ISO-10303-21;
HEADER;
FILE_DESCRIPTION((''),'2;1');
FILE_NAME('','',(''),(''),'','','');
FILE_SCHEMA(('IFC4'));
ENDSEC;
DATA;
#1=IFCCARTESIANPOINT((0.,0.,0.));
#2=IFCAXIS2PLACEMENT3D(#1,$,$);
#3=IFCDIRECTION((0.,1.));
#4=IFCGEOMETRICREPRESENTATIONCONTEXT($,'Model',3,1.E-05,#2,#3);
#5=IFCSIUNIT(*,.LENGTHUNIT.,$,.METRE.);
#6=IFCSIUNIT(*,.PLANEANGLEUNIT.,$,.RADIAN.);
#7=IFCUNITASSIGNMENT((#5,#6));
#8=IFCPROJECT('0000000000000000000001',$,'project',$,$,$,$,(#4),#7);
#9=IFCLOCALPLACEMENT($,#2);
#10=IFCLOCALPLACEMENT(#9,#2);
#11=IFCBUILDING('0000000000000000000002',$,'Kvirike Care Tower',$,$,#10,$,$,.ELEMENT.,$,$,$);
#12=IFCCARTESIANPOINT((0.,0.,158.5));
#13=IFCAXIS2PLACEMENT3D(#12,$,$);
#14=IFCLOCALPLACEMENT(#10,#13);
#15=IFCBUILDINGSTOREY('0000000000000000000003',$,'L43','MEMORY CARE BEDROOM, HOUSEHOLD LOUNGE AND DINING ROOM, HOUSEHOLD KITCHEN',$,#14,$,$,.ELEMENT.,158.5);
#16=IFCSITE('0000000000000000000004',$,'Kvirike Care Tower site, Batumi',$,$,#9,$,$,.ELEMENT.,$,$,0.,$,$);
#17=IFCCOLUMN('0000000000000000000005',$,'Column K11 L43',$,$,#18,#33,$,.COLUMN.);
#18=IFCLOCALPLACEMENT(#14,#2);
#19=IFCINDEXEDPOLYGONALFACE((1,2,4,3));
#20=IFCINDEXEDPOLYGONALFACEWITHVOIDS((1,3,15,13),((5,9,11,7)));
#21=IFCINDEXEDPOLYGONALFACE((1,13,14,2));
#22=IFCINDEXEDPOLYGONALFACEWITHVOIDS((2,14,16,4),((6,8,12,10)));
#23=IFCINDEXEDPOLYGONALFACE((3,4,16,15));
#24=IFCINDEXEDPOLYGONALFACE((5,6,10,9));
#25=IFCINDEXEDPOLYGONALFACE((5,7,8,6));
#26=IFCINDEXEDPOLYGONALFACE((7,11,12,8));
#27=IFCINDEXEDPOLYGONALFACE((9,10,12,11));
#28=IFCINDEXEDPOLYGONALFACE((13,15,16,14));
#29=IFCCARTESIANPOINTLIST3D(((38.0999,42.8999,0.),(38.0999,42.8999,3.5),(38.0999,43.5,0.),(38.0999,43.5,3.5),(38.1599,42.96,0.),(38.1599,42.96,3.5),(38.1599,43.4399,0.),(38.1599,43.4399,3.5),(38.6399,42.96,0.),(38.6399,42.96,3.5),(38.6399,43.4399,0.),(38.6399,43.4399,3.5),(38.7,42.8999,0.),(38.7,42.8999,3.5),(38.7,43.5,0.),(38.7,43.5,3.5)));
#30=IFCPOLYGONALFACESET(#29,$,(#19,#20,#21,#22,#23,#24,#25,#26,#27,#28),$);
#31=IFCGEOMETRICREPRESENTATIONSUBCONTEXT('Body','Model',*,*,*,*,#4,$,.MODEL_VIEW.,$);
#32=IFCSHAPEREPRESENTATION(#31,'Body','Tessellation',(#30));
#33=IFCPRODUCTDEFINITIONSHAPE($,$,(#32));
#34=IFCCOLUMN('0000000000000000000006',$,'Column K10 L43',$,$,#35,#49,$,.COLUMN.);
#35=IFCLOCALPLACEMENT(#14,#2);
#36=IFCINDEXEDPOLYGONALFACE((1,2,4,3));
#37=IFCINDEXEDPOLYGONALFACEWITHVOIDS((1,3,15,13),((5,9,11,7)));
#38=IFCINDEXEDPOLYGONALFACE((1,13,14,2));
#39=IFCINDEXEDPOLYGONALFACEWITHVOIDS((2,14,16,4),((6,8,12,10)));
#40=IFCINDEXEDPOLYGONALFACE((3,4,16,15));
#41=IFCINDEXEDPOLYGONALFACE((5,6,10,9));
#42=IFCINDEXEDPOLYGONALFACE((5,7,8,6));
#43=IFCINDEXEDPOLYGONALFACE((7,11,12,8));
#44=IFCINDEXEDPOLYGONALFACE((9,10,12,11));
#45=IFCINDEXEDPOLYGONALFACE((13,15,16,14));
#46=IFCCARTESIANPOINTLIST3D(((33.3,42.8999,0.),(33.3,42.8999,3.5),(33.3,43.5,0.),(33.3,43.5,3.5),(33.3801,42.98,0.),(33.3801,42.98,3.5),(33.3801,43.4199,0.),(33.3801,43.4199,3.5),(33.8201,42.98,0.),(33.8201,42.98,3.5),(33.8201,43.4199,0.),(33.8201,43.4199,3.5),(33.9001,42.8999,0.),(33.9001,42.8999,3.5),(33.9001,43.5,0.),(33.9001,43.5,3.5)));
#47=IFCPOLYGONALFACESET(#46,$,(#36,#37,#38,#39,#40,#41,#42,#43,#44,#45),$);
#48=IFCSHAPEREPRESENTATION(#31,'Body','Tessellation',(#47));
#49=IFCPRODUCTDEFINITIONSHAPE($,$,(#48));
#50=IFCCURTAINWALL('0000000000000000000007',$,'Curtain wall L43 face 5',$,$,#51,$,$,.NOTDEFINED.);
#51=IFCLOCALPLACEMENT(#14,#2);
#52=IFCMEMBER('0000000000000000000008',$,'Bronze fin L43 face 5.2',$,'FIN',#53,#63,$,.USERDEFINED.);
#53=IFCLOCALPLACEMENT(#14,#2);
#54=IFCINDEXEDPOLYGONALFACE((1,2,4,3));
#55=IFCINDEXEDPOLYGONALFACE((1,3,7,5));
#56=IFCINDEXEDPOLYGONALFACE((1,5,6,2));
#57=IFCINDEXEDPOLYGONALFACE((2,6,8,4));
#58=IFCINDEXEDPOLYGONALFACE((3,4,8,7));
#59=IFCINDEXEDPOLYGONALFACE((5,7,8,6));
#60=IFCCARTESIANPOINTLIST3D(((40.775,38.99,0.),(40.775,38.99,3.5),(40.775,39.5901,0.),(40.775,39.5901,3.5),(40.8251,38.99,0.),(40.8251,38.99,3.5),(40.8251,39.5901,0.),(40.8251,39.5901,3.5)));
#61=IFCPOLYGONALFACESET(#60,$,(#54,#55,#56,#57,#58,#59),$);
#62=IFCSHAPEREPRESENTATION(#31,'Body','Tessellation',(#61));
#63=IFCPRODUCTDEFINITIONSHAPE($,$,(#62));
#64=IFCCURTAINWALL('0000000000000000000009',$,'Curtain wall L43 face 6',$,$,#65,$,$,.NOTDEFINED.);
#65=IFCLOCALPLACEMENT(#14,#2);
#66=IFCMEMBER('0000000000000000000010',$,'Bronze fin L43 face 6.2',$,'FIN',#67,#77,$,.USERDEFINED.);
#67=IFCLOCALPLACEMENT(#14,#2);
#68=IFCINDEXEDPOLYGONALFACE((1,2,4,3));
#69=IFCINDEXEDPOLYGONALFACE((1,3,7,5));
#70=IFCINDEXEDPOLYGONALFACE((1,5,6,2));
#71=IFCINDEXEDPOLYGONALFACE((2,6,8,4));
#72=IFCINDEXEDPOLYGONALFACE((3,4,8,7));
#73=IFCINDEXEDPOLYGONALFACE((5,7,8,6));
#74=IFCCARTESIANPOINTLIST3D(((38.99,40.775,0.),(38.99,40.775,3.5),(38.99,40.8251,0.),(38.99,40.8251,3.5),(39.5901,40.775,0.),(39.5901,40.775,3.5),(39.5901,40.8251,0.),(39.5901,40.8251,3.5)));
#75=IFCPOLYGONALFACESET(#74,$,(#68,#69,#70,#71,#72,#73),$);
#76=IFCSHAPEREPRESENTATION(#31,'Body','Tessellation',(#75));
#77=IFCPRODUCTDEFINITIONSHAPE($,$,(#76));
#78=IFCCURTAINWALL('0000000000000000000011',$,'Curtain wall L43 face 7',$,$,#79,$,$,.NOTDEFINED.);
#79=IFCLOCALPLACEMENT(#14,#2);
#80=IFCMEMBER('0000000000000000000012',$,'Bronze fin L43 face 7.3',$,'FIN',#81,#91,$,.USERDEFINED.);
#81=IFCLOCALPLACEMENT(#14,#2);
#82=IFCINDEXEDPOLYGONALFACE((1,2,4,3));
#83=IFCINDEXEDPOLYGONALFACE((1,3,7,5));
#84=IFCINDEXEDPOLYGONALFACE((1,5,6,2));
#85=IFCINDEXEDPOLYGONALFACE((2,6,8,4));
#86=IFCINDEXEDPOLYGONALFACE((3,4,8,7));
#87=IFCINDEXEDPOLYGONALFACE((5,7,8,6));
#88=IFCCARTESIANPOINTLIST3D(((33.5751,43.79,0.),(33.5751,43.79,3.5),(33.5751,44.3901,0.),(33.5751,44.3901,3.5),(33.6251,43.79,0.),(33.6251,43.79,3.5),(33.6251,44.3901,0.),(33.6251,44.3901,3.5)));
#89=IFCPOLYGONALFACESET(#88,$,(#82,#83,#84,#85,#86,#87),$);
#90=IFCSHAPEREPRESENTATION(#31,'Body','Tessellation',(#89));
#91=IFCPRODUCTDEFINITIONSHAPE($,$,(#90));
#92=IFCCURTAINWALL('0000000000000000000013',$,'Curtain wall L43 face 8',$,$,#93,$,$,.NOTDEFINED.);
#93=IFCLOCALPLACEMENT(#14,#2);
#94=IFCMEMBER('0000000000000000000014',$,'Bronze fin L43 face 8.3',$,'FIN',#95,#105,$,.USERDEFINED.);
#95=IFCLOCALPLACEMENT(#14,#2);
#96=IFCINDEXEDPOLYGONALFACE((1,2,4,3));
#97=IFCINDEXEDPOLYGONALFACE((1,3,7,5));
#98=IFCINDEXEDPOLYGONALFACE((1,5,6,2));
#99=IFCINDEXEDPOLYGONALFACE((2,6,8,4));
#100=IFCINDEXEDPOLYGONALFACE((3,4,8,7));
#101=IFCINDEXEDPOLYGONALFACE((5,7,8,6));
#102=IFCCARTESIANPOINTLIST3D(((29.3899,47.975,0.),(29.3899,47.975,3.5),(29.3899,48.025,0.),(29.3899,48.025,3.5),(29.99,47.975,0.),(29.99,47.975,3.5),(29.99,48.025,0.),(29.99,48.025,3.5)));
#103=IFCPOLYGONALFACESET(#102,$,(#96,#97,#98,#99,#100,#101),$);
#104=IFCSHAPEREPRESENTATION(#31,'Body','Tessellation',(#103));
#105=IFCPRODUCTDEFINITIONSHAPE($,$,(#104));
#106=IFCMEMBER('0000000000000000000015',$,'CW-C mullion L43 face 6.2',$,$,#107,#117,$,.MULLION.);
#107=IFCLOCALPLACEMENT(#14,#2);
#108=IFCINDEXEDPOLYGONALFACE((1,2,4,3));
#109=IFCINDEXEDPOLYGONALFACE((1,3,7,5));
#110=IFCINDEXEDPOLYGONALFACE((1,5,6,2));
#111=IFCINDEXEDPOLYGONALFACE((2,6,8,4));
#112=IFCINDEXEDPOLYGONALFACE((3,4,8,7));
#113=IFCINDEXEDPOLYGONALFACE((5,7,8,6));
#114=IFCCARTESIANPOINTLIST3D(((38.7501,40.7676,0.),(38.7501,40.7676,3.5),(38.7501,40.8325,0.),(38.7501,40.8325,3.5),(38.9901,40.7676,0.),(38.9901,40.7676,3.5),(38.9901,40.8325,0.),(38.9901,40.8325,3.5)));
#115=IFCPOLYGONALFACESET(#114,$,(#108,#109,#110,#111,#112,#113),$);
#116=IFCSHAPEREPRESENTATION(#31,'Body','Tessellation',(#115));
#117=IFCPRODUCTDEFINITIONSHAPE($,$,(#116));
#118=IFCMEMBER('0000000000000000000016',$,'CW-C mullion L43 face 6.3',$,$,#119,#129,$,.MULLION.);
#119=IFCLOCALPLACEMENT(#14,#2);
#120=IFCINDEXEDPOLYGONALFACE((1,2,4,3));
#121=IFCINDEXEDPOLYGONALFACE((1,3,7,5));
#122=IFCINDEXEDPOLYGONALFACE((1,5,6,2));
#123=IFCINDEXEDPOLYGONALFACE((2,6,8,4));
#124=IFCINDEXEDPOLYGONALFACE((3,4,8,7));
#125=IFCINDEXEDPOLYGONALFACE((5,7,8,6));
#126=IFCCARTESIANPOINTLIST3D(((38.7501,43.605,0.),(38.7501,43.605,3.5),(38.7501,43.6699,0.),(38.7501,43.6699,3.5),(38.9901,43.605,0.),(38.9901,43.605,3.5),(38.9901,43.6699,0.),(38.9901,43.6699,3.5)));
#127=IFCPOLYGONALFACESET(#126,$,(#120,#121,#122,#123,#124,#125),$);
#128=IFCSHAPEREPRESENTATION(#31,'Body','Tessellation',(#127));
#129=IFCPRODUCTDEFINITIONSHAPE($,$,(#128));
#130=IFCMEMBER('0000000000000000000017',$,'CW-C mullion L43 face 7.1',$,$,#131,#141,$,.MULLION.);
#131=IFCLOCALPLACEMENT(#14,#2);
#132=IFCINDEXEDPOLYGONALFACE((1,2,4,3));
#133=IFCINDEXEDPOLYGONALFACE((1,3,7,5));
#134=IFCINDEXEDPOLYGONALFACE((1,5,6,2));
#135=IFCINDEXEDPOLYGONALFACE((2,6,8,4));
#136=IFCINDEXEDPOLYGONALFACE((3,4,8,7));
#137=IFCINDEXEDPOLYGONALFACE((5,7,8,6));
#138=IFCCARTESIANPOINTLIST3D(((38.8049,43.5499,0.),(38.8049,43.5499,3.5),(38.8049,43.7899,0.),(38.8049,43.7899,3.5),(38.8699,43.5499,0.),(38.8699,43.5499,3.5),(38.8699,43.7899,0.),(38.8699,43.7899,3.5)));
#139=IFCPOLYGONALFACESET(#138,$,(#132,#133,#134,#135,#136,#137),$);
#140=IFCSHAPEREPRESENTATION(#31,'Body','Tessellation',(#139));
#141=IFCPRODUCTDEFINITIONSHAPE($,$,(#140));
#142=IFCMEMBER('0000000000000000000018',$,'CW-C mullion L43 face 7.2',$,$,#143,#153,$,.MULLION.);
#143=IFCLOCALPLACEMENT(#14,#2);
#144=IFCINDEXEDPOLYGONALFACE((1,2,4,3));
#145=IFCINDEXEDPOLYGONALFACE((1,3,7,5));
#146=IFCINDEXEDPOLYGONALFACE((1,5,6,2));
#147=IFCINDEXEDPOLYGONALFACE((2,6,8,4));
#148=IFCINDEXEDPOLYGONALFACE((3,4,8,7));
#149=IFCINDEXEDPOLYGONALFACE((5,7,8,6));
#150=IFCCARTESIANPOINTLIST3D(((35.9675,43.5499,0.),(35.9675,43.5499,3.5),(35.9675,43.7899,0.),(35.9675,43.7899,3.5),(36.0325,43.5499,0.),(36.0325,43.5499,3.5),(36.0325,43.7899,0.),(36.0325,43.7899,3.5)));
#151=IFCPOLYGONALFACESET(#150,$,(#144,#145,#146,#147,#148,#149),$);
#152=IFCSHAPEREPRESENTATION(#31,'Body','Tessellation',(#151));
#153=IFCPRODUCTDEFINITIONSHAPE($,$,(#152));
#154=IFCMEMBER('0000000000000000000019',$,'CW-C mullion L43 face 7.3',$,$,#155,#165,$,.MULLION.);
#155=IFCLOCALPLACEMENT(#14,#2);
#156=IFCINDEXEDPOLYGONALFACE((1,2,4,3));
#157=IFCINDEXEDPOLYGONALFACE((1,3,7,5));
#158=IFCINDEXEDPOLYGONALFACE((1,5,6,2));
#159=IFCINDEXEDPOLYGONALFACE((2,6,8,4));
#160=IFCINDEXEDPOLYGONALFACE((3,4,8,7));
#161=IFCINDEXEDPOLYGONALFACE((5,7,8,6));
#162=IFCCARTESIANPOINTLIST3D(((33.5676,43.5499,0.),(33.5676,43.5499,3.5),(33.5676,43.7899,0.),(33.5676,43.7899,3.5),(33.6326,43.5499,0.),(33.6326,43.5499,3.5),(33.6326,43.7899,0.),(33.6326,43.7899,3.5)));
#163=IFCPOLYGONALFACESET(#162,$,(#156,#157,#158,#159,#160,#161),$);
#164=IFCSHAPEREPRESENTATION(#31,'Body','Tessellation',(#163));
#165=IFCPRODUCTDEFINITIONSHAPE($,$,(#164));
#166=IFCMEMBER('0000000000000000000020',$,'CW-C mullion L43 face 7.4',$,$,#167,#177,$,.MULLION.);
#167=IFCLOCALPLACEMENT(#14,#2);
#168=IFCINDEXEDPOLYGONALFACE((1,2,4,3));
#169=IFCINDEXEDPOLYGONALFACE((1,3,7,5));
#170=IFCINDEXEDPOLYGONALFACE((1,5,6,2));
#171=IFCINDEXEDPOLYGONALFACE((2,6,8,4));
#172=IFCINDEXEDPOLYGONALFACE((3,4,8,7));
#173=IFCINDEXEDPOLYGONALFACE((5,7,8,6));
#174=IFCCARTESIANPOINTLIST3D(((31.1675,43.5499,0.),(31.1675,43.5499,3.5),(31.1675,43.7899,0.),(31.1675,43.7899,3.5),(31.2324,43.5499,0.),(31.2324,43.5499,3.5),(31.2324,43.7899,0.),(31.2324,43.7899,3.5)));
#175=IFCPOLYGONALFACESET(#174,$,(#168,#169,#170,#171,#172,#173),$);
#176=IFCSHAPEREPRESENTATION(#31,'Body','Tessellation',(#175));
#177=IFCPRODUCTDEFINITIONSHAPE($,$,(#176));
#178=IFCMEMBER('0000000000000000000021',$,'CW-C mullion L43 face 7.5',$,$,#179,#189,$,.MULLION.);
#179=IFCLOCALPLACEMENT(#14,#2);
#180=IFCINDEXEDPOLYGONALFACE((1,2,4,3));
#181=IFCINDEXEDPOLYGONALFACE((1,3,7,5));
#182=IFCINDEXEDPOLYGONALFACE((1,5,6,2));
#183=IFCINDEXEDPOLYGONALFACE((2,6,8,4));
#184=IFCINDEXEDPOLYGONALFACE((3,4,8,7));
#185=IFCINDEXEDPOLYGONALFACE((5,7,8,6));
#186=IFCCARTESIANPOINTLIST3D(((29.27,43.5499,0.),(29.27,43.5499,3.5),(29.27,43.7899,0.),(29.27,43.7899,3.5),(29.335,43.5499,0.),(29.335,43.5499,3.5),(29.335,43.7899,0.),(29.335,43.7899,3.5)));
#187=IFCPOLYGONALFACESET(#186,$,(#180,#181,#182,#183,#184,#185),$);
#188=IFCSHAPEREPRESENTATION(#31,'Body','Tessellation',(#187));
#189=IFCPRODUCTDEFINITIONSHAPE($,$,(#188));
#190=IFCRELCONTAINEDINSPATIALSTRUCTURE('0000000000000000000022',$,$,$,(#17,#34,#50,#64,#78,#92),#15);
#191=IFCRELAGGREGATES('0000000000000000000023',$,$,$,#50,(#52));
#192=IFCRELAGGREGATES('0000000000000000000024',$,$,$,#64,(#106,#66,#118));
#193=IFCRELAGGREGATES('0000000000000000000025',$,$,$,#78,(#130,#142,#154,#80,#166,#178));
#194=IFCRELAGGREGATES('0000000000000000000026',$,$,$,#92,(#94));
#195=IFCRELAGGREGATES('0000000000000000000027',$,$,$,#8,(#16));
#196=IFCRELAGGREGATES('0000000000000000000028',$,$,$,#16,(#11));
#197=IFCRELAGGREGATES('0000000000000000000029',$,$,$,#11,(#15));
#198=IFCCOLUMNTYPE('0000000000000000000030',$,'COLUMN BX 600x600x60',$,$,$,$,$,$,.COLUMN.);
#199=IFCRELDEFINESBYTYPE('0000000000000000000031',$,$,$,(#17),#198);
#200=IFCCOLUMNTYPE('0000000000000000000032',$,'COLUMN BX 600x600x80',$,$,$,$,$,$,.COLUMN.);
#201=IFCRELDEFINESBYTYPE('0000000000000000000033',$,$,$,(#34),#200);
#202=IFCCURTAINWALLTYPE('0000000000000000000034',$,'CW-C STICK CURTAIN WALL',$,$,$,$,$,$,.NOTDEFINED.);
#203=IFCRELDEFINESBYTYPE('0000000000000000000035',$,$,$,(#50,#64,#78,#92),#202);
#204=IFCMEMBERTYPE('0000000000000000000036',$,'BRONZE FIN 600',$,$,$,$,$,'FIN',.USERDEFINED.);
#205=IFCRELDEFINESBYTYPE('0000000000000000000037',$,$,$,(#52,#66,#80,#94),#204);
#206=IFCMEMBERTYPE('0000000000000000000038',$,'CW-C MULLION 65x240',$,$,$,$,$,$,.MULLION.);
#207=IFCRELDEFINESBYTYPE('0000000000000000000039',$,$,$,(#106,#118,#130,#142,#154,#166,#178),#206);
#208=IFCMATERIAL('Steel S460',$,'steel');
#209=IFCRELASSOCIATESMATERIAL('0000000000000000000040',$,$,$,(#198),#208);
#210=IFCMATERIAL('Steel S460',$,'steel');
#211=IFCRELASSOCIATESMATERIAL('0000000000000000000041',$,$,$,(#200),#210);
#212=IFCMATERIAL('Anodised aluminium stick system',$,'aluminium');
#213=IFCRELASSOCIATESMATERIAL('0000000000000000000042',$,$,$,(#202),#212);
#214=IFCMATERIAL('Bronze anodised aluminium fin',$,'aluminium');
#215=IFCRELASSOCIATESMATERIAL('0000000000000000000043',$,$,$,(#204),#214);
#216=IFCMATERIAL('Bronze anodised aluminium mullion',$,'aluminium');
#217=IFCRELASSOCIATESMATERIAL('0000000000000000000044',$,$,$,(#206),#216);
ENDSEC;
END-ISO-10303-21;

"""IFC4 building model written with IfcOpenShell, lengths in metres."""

from ifc_helpers import new_model, si_unit, direction, frame, origin, origin_2d, place, context, subcontext, project, spatial, rectangle, hollow_rectangle, extrude, material, material_profile, profile_set, type_object, element, aggregate, save


model = new_model("IFC4")

# Units and contexts
model_context = context("Model", 3, precision=1e-05, world=origin(), true_north=direction((0.0, 1.0)))
body_context = subcontext(model_context, "Body", "Model", "MODEL_VIEW")
ifc_project = project(units=[si_unit("LENGTHUNIT", "METRE"), si_unit("PLANEANGLEUNIT", "RADIAN")], contexts=[model_context])

# Site, building, storey
site_placement = place(None, origin())
site = spatial("IfcSite", under=ifc_project, at=site_placement, Name="Kvirike Care Tower site, Batumi", CompositionType="ELEMENT", RefElevation=0.0)
building_placement = place(site_placement, origin())
building = spatial("IfcBuilding", under=site, at=building_placement, Name="Kvirike Care Tower", CompositionType="ELEMENT")
storey_placement = place(building_placement, frame((0.0, 0.0, 158.5)))
storey = spatial("IfcBuildingStorey", under=building, at=storey_placement, Name="L43", Description="MEMORY CARE BEDROOM, HOUSEHOLD LOUNGE AND DINING ROOM, HOUSEHOLD KITCHEN", CompositionType="ELEMENT", Elevation=158.5)

# Columns
ifc_material_1 = material(Name="Steel S460", Category="steel")
ifc_material_profile_1 = material_profile(ifc_material_1, hollow_rectangle(XDim=0.6001, YDim=0.6001, WallThickness=0.0601, at=origin_2d()), Name="BX 600x600x60")
ifc_profile_set_1 = profile_set([ifc_material_profile_1], Name="Steel S460")
column_type_1 = type_object("IfcColumnType", Name="COLUMN BX 600x600x60", PredefinedType="COLUMN", material=ifc_profile_set_1)
column_1_placement = place(storey_placement, frame((38.3999, 43.2, 0.0), z_axis=(0.0, 0.0, 1.0), x_axis=(0.0, 1.0, 0.0)))
element("IfcColumn", 1, at=column_1_placement, inside=storey, type_object=column_type_1, Name="Column K11 L43", PredefinedType="COLUMN", context=body_context, shape_type="SweptSolid", body=[
    extrude(hollow_rectangle(XDim=0.6001, YDim=0.6001, WallThickness=0.0601, at=origin_2d()), origin(), (0.0, 0.0, 1.0), 3.5),
])
ifc_material_2 = material(Name="Steel S460", Category="steel")
ifc_material_profile_2 = material_profile(ifc_material_2, hollow_rectangle(XDim=0.6001, YDim=0.6001, WallThickness=0.0801, at=origin_2d()), Name="BX 600x600x80")
ifc_profile_set_2 = profile_set([ifc_material_profile_2], Name="Steel S460")
column_type_2 = type_object("IfcColumnType", Name="COLUMN BX 600x600x80", PredefinedType="COLUMN", material=ifc_profile_set_2)
column_2_placement = place(storey_placement, frame((33.6001, 43.2, 0.0), z_axis=(0.0, 0.0, 1.0), x_axis=(0.0, 1.0, 0.0)))
element("IfcColumn", 2, at=column_2_placement, inside=storey, type_object=column_type_2, Name="Column K10 L43", PredefinedType="COLUMN", context=body_context, shape_type="SweptSolid", body=[
    extrude(hollow_rectangle(XDim=0.6001, YDim=0.6001, WallThickness=0.0801, at=origin_2d()), origin(), (0.0, 0.0, 1.0), 3.5),
])

# Curtain walls, members
ifc_material_3 = material(Name="Anodised aluminium stick system", Category="aluminium")
curtain_wall_type = type_object("IfcCurtainWallType", Name="CW-C STICK CURTAIN WALL", PredefinedType="NOTDEFINED", material=ifc_material_3)
curtain_wall_1_placement = place(storey_placement, origin())
curtain_wall_1 = element("IfcCurtainWall", 3, at=curtain_wall_1_placement, inside=storey, type_object=curtain_wall_type, Name="Curtain wall L43 face 5", PredefinedType="NOTDEFINED")
ifc_material_4 = material(Name="Bronze anodised aluminium fin", Category="aluminium")
ifc_material_profile_3 = material_profile(ifc_material_4, rectangle(XDim=0.05, YDim=0.6001, at=origin_2d()), Name="BRONZE FIN 600")
ifc_profile_set_3 = profile_set([ifc_material_profile_3], Name="Bronze anodised aluminium fin")
member_type_1 = type_object("IfcMemberType", Name="BRONZE FIN 600", ElementType="FIN", PredefinedType="USERDEFINED", material=ifc_profile_set_3)
member_1_placement = place(storey_placement, frame((40.8, 39.29, 0.0), z_axis=(0.0, 0.0, 1.0), x_axis=(-1.0, 0.0, 0.0)))
member_1 = element("IfcMember", 4, at=member_1_placement, type_object=member_type_1, Name="Bronze fin L43 face 5.2", ObjectType="FIN", PredefinedType="USERDEFINED", context=body_context, shape_type="SweptSolid", body=[
    extrude(rectangle(XDim=0.05, YDim=0.6001, at=origin_2d()), origin(), (0.0, 0.0, 1.0), 3.5),
])
aggregate(curtain_wall_1, [member_1])
curtain_wall_2_placement = place(storey_placement, origin())
curtain_wall_2 = element("IfcCurtainWall", 5, at=curtain_wall_2_placement, inside=storey, type_object=curtain_wall_type, Name="Curtain wall L43 face 6", PredefinedType="NOTDEFINED")
member_2_placement = place(storey_placement, frame((39.29, 40.8, 0.0), z_axis=(0.0, 0.0, 1.0), x_axis=(0.0, 1.0, 0.0)))
member_2 = element("IfcMember", 6, at=member_2_placement, type_object=member_type_1, Name="Bronze fin L43 face 6.2", ObjectType="FIN", PredefinedType="USERDEFINED", context=body_context, shape_type="SweptSolid", body=[
    extrude(rectangle(XDim=0.05, YDim=0.6001, at=origin_2d()), origin(), (0.0, 0.0, 1.0), 3.5),
])
curtain_wall_3_placement = place(storey_placement, origin())
curtain_wall_3 = element("IfcCurtainWall", 7, at=curtain_wall_3_placement, inside=storey, type_object=curtain_wall_type, Name="Curtain wall L43 face 7", PredefinedType="NOTDEFINED")
member_3_placement = place(storey_placement, frame((33.6001, 44.0901, 0.0), z_axis=(0.0, 0.0, 1.0), x_axis=(-1.0, 0.0, 0.0)))
member_3 = element("IfcMember", 8, at=member_3_placement, type_object=member_type_1, Name="Bronze fin L43 face 7.3", ObjectType="FIN", PredefinedType="USERDEFINED", context=body_context, shape_type="SweptSolid", body=[
    extrude(rectangle(XDim=0.05, YDim=0.6001, at=origin_2d()), origin(), (0.0, 0.0, 1.0), 3.5),
])
curtain_wall_4_placement = place(storey_placement, origin())
curtain_wall_4 = element("IfcCurtainWall", 9, at=curtain_wall_4_placement, inside=storey, type_object=curtain_wall_type, Name="Curtain wall L43 face 8", PredefinedType="NOTDEFINED")
member_4_placement = place(storey_placement, frame((29.6899, 48.0, 0.0), z_axis=(0.0, 0.0, 1.0), x_axis=(0.0, 1.0, 0.0)))
member_4 = element("IfcMember", 10, at=member_4_placement, type_object=member_type_1, Name="Bronze fin L43 face 8.3", ObjectType="FIN", PredefinedType="USERDEFINED", context=body_context, shape_type="SweptSolid", body=[
    extrude(rectangle(XDim=0.05, YDim=0.6001, at=origin_2d()), origin(), (0.0, 0.0, 1.0), 3.5),
])

# Members
ifc_material_5 = material(Name="Bronze anodised aluminium mullion", Category="aluminium")
ifc_material_profile_4 = material_profile(ifc_material_5, rectangle(XDim=0.0649, YDim=0.24, at=origin_2d()), Name="CW-C MULLION 65x240")
ifc_profile_set_4 = profile_set([ifc_material_profile_4], Name="Bronze anodised aluminium mullion")
member_type_2 = type_object("IfcMemberType", Name="CW-C MULLION 65x240", PredefinedType="MULLION", material=ifc_profile_set_4)
member_5_placement = place(storey_placement, frame((38.8701, 40.8, 0.0), z_axis=(0.0, 0.0, 1.0), x_axis=(0.0, 1.0, 0.0)))
member_5 = element("IfcMember", 11, at=member_5_placement, type_object=member_type_2, Name="CW-C mullion L43 face 6.2", PredefinedType="MULLION", context=body_context, shape_type="SweptSolid", body=[
    extrude(rectangle(XDim=0.0649, YDim=0.24, at=origin_2d()), origin(), (0.0, 0.0, 1.0), 3.5),
])
member_6_placement = place(storey_placement, frame((38.8701, 43.6375, 0.0), z_axis=(0.0, 0.0, 1.0), x_axis=(0.0, 1.0, 0.0)))
member_6 = element("IfcMember", 12, at=member_6_placement, type_object=member_type_2, Name="CW-C mullion L43 face 6.3", PredefinedType="MULLION", context=body_context, shape_type="SweptSolid", body=[
    extrude(rectangle(XDim=0.0649, YDim=0.24, at=origin_2d()), origin(), (0.0, 0.0, 1.0), 3.5),
])
member_7_placement = place(storey_placement, frame((38.8374, 43.6699, 0.0), z_axis=(0.0, 0.0, 1.0), x_axis=(-1.0, 0.0, 0.0)))
member_7 = element("IfcMember", 13, at=member_7_placement, type_object=member_type_2, Name="CW-C mullion L43 face 7.1", PredefinedType="MULLION", context=body_context, shape_type="SweptSolid", body=[
    extrude(rectangle(XDim=0.0649, YDim=0.24, at=origin_2d()), origin(), (0.0, 0.0, 1.0), 3.5),
])
member_8_placement = place(storey_placement, frame((36.0, 43.6699, 0.0), z_axis=(0.0, 0.0, 1.0), x_axis=(-1.0, 0.0, 0.0)))
member_8 = element("IfcMember", 14, at=member_8_placement, type_object=member_type_2, Name="CW-C mullion L43 face 7.2", PredefinedType="MULLION", context=body_context, shape_type="SweptSolid", body=[
    extrude(rectangle(XDim=0.0649, YDim=0.24, at=origin_2d()), origin(), (0.0, 0.0, 1.0), 3.5),
])
member_9_placement = place(storey_placement, frame((33.6001, 43.6699, 0.0), z_axis=(0.0, 0.0, 1.0), x_axis=(-1.0, 0.0, 0.0)))
member_9 = element("IfcMember", 15, at=member_9_placement, type_object=member_type_2, Name="CW-C mullion L43 face 7.3", PredefinedType="MULLION", context=body_context, shape_type="SweptSolid", body=[
    extrude(rectangle(XDim=0.0649, YDim=0.24, at=origin_2d()), origin(), (0.0, 0.0, 1.0), 3.5),
])
member_10_placement = place(storey_placement, frame((31.2, 43.6699, 0.0), z_axis=(0.0, 0.0, 1.0), x_axis=(-1.0, 0.0, 0.0)))
member_10 = element("IfcMember", 16, at=member_10_placement, type_object=member_type_2, Name="CW-C mullion L43 face 7.4", PredefinedType="MULLION", context=body_context, shape_type="SweptSolid", body=[
    extrude(rectangle(XDim=0.0649, YDim=0.24, at=origin_2d()), origin(), (0.0, 0.0, 1.0), 3.5),
])
member_11_placement = place(storey_placement, frame((29.3025, 43.6699, 0.0), z_axis=(0.0, 0.0, 1.0), x_axis=(-1.0, 0.0, 0.0)))
member_11 = element("IfcMember", 17, at=member_11_placement, type_object=member_type_2, Name="CW-C mullion L43 face 7.5", PredefinedType="MULLION", context=body_context, shape_type="SweptSolid", body=[
    extrude(rectangle(XDim=0.0649, YDim=0.24, at=origin_2d()), origin(), (0.0, 0.0, 1.0), 3.5),
])

aggregate(curtain_wall_2, [member_5, member_2, member_6])
aggregate(curtain_wall_3, [member_7, member_8, member_9, member_3, member_10, member_11])
aggregate(curtain_wall_4, [member_4])

save(model, "model.ifc")
